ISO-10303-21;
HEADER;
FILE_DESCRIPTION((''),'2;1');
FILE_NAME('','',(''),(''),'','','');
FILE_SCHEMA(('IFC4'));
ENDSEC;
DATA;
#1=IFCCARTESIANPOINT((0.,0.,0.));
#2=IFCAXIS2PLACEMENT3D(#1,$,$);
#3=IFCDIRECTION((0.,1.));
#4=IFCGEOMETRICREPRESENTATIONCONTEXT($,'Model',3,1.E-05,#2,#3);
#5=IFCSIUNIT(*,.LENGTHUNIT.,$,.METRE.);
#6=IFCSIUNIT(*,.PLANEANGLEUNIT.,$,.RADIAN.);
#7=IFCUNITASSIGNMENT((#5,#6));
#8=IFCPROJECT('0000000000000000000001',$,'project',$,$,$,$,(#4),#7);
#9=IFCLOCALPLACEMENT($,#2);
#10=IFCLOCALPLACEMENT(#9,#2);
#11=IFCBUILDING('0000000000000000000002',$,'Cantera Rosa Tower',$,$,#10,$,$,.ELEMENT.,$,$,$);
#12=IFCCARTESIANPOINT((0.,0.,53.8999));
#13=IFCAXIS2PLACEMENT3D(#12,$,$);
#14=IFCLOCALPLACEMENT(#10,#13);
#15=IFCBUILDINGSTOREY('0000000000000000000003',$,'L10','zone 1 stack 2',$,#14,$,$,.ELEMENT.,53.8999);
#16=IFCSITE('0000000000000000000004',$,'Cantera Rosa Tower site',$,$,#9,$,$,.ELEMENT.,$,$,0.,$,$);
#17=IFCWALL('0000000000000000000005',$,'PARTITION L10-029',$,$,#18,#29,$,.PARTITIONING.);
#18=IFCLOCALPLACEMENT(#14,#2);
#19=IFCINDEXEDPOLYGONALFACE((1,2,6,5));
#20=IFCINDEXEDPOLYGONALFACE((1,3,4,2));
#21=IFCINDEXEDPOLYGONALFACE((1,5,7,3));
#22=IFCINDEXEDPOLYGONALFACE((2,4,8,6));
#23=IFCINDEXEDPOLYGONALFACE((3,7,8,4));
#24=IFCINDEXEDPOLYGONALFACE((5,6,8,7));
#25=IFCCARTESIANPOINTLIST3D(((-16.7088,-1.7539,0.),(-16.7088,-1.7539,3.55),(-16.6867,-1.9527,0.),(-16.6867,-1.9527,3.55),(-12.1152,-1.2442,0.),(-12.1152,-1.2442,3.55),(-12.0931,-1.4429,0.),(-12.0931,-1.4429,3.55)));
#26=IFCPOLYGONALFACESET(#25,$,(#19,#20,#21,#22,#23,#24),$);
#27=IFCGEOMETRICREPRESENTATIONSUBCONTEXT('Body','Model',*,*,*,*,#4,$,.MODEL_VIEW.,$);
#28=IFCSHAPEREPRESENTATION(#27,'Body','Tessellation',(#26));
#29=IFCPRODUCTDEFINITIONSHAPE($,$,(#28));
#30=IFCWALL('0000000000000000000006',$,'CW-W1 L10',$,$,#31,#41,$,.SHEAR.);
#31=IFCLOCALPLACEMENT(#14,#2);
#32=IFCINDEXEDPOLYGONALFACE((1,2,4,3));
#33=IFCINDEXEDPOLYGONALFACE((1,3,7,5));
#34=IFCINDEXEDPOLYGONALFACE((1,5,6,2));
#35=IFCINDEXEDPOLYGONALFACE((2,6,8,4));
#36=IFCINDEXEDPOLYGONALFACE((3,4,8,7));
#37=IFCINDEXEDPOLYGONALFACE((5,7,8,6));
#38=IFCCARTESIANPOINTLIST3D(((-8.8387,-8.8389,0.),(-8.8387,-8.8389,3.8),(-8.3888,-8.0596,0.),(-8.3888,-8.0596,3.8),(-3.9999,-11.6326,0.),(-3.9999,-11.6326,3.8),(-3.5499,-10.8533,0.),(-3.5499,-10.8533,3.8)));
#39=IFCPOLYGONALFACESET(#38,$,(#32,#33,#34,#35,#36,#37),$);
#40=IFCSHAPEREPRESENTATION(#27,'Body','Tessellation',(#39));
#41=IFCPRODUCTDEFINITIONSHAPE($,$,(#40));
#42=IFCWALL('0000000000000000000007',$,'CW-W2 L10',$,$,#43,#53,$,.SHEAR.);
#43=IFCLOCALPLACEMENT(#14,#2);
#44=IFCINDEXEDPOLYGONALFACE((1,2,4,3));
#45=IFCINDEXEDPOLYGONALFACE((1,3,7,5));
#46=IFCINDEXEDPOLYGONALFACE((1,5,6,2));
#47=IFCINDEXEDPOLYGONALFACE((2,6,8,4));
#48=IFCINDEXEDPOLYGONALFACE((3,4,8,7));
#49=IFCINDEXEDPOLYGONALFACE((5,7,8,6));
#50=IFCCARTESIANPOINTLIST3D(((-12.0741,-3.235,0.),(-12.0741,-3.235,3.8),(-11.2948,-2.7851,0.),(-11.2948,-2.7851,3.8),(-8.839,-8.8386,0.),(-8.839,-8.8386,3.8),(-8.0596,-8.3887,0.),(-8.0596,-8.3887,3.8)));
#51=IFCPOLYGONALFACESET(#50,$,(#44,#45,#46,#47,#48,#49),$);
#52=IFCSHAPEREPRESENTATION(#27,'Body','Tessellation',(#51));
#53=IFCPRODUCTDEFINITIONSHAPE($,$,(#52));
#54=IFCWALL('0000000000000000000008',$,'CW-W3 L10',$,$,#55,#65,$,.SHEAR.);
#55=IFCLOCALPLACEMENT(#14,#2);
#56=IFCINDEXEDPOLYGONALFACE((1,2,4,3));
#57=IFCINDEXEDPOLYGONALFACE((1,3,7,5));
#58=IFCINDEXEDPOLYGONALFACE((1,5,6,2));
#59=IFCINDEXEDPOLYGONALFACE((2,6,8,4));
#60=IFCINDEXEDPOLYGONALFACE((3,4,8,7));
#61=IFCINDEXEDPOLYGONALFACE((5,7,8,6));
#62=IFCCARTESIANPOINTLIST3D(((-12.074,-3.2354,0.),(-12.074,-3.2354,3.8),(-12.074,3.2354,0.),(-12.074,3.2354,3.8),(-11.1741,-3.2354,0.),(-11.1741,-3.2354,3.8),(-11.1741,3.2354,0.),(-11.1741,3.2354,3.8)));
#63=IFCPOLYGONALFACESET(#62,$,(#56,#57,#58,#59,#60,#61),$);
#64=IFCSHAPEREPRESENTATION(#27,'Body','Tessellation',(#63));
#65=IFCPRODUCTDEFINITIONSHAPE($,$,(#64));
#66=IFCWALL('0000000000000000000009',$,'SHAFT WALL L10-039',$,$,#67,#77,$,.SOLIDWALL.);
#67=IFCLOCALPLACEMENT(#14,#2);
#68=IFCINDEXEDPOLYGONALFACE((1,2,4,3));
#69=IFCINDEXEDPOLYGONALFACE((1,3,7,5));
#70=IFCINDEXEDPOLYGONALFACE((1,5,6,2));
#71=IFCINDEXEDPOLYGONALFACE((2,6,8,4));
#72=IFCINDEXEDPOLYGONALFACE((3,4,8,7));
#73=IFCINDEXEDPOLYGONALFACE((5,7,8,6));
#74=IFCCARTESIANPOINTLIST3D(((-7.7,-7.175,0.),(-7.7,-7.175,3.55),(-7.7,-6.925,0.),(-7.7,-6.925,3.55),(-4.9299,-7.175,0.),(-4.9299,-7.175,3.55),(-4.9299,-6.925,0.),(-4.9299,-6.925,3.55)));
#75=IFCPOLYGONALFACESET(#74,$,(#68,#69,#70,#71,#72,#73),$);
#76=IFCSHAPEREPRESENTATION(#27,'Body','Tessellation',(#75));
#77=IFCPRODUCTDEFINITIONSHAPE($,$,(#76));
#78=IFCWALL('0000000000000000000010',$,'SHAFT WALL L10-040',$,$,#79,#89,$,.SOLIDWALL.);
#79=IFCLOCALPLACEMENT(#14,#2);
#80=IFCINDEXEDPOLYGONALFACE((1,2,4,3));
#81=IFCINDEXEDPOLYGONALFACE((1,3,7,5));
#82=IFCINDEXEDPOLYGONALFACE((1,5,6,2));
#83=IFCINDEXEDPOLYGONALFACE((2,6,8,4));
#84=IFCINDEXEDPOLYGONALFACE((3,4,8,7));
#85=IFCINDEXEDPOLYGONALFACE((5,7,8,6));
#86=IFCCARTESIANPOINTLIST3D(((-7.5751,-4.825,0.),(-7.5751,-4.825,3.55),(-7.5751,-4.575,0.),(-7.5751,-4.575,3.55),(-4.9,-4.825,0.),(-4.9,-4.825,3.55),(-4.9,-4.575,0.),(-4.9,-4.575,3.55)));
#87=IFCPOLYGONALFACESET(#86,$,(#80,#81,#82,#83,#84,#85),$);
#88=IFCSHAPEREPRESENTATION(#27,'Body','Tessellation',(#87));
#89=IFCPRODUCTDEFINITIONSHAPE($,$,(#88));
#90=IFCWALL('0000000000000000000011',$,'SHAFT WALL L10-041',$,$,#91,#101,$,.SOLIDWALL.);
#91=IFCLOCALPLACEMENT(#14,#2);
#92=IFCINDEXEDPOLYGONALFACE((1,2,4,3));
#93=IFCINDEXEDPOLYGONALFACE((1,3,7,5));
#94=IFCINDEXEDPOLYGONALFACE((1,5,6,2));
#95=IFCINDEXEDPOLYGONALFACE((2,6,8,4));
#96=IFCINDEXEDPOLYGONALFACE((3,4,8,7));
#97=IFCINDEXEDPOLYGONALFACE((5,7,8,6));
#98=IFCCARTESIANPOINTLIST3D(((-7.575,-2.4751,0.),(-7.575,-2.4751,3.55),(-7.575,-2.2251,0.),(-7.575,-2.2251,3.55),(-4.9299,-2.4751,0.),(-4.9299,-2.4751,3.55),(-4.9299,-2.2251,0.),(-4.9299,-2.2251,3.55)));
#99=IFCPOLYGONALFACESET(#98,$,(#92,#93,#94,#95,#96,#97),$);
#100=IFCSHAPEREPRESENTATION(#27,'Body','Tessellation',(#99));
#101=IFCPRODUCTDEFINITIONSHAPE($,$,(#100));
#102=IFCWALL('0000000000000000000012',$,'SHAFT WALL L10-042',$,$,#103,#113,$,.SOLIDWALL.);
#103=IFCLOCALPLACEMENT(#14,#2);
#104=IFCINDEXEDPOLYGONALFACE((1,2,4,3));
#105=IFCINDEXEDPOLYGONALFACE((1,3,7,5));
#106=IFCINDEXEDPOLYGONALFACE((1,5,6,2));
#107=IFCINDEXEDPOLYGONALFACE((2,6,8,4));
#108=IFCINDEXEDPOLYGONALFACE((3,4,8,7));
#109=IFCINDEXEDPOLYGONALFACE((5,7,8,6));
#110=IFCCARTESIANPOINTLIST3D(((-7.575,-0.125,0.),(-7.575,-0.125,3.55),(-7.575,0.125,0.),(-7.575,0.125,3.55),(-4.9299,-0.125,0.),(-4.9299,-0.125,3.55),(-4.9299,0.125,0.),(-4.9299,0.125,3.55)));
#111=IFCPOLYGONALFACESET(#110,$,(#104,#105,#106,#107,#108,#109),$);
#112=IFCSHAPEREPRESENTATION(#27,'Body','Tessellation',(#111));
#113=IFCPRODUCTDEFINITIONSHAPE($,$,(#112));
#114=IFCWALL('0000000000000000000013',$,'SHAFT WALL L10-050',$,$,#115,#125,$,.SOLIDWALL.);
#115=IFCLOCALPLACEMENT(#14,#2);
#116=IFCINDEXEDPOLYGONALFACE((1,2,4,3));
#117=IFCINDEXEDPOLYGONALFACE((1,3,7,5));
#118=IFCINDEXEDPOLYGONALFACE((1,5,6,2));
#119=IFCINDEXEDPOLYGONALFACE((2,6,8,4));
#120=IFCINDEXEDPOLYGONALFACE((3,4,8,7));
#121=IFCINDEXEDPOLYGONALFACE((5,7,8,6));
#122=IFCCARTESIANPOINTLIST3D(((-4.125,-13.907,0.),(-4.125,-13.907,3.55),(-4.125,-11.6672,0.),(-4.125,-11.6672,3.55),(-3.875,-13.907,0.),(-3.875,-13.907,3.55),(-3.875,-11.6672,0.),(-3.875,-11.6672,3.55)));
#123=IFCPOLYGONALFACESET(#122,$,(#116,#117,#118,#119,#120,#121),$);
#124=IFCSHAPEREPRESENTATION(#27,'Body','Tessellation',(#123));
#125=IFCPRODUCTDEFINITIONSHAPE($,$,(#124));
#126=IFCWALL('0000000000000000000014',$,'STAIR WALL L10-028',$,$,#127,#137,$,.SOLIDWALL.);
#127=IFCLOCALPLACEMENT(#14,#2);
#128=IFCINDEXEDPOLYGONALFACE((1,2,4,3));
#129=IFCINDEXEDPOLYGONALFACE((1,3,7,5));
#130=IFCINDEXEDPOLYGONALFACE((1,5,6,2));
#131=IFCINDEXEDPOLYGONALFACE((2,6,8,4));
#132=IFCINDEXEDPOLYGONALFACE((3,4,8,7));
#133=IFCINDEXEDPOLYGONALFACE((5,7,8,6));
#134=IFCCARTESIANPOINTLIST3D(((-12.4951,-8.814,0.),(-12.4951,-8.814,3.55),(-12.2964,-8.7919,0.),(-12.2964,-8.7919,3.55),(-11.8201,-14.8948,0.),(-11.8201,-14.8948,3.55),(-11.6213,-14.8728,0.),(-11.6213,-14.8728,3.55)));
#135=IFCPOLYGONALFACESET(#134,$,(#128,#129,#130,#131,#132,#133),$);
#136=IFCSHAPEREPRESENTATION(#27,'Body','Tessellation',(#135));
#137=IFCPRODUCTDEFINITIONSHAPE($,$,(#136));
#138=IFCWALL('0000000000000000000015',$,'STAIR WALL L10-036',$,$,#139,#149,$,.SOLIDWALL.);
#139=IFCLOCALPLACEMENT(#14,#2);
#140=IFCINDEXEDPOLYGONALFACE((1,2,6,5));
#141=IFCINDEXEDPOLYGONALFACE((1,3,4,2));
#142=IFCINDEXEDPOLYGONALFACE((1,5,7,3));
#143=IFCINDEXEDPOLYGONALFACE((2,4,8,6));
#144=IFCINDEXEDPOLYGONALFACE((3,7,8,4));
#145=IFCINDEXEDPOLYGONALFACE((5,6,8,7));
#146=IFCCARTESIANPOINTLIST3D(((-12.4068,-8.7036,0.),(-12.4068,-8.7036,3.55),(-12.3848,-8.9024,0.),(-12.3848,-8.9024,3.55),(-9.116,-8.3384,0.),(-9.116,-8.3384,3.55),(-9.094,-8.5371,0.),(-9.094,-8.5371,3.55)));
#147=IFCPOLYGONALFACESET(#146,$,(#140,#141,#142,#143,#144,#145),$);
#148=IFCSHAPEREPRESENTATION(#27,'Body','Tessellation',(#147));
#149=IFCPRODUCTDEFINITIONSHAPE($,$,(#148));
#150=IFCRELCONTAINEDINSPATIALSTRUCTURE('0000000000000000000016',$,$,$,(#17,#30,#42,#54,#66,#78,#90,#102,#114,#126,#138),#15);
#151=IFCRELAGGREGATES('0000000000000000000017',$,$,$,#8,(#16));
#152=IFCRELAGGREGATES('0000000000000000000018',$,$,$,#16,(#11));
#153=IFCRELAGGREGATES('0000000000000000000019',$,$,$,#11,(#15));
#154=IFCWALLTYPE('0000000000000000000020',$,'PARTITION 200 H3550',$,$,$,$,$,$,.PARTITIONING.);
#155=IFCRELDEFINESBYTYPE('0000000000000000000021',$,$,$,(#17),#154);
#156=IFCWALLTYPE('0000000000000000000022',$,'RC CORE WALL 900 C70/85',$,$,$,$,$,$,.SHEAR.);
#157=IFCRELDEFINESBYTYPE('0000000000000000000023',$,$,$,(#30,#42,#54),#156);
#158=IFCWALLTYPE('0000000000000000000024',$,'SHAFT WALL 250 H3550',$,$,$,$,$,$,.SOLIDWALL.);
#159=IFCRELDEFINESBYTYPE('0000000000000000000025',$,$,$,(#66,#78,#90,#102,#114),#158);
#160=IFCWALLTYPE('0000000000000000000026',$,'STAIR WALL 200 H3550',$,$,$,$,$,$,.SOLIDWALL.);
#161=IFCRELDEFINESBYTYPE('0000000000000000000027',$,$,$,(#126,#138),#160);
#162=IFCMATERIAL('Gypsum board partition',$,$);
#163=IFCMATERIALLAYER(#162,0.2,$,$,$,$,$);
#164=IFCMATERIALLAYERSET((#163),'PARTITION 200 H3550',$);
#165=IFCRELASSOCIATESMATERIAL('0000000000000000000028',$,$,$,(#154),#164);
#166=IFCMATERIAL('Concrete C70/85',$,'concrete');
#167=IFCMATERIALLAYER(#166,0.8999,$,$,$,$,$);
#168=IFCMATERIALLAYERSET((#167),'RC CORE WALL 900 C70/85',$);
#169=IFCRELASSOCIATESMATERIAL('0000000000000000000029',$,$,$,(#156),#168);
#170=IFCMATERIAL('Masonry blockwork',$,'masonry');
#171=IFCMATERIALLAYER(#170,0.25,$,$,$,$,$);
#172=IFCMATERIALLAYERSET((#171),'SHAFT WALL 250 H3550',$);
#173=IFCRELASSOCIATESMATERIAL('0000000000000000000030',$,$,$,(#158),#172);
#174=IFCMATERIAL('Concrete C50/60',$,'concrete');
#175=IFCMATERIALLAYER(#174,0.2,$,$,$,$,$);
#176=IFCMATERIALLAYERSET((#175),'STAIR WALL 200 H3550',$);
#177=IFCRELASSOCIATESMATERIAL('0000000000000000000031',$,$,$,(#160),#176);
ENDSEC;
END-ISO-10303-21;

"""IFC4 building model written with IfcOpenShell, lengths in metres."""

from ifc_helpers import new_model, si_unit, direction, frame, frame_2d, origin, place, context, subcontext, project, spatial, rectangle, extrude, material, layer, layer_set, type_object, element, save


model = new_model("IFC4")

# Units and contexts
model_context = context("Model", 3, precision=1e-05, world=origin(), true_north=direction((0.0, 1.0)))
body_context = subcontext(model_context, "Body", "Model", "MODEL_VIEW")
ifc_project = project(units=[si_unit("LENGTHUNIT", "METRE"), si_unit("PLANEANGLEUNIT", "RADIAN")], contexts=[model_context])

# Site, building, storey
site_placement = place(None, origin())
site = spatial("IfcSite", under=ifc_project, at=site_placement, Name="Cantera Rosa Tower site", CompositionType="ELEMENT", RefElevation=0.0)
building_placement = place(site_placement, origin())
building = spatial("IfcBuilding", under=site, at=building_placement, Name="Cantera Rosa Tower", CompositionType="ELEMENT")
storey_placement = place(building_placement, frame((0.0, 0.0, 53.8999)))
storey = spatial("IfcBuildingStorey", under=building, at=storey_placement, Name="L10", Description="zone 1 stack 2", CompositionType="ELEMENT", Elevation=53.8999)

# Walls
ifc_material_1 = material(Name="Gypsum board partition")
ifc_layer_1 = layer(ifc_material_1, 0.2)
ifc_layer_set_1 = layer_set([ifc_layer_1], Name="PARTITION 200 H3550")
wall_type_1 = type_object("IfcWallType", Name="PARTITION 200 H3550", PredefinedType="PARTITIONING", material=ifc_layer_set_1)
wall_1_placement = place(storey_placement, frame((-12.104, -1.3435, 0.0), z_axis=(0.0, 0.0, 1.0), x_axis=(-0.993899, -0.110298, 0.0)))
element("IfcWall", 1, at=wall_1_placement, inside=storey, type_object=wall_type_1, Name="PARTITION L10-029", PredefinedType="PARTITIONING", context=body_context, shape_type="SweptSolid", body=[
    extrude(rectangle(XDim=4.6218, YDim=0.2, at=frame_2d((2.311, 0.0))), origin(), (0.0, 0.0, 1.0), 3.55),
])
ifc_material_2 = material(Name="Concrete C70/85", Category="concrete")
ifc_layer_2 = layer(ifc_material_2, 0.8999)
ifc_layer_set_2 = layer_set([ifc_layer_2], Name="RC CORE WALL 900 C70/85")
wall_type_2 = type_object("IfcWallType", Name="RC CORE WALL 900 C70/85", PredefinedType="SHEAR", material=ifc_layer_set_2)
wall_2_placement = place(storey_placement, frame((-3.7749, -11.2429, 0.0), z_axis=(0.0, 0.0, 1.0), x_axis=(-0.866027, 0.499997, 0.0)))
element("IfcWall", 2, at=wall_2_placement, inside=storey, type_object=wall_type_2, Name="CW-W1 L10", PredefinedType="SHEAR", context=body_context, shape_type="SweptSolid", body=[
    extrude(rectangle(XDim=5.5874, YDim=0.8999, at=frame_2d((2.7937, 0.0))), origin(), (0.0, 0.0, 1.0), 3.8),
])
wall_3_placement = place(storey_placement, frame((-8.4492, -8.6138, 0.0), z_axis=(0.0, 0.0, 1.0), x_axis=(-0.49999, 0.866031, 0.0)))
element("IfcWall", 3, at=wall_3_placement, inside=storey, type_object=wall_type_2, Name="CW-W2 L10", PredefinedType="SHEAR", context=body_context, shape_type="SweptSolid", body=[
    extrude(rectangle(XDim=6.4705, YDim=0.8999, at=frame_2d((3.2354, 0.0))), origin(), (0.0, 0.0, 1.0), 3.8),
])
wall_4_placement = place(storey_placement, frame((-11.624, -3.2354, 0.0), z_axis=(0.0, 0.0, 1.0), x_axis=(0.0, 1.0, 0.0)))
element("IfcWall", 4, at=wall_4_placement, inside=storey, type_object=wall_type_2, Name="CW-W3 L10", PredefinedType="SHEAR", context=body_context, shape_type="SweptSolid", body=[
    extrude(rectangle(XDim=6.4707, YDim=0.8999, at=frame_2d((3.2354, 0.0))), origin(), (0.0, 0.0, 1.0), 3.8),
])
ifc_material_3 = material(Name="Masonry blockwork", Category="masonry")
ifc_layer_3 = layer(ifc_material_3, 0.25)
ifc_layer_set_3 = layer_set([ifc_layer_3], Name="SHAFT WALL 250 H3550")
wall_type_3 = type_object("IfcWallType", Name="SHAFT WALL 250 H3550", PredefinedType="SOLIDWALL", material=ifc_layer_set_3)
wall_5_placement = place(storey_placement, frame((-7.7, -7.05, 0.0), z_axis=(0.0, 0.0, 1.0), x_axis=(1.0, 0.0, 0.0)))
element("IfcWall", 5, at=wall_5_placement, inside=storey, type_object=wall_type_3, Name="SHAFT WALL L10-039", PredefinedType="SOLIDWALL", context=body_context, shape_type="SweptSolid", body=[
    extrude(rectangle(XDim=2.77, YDim=0.25, at=frame_2d((1.385, 0.0))), origin(), (0.0, 0.0, 1.0), 3.55),
])
wall_6_placement = place(storey_placement, frame((-7.575, -4.7, 0.0), z_axis=(0.0, 0.0, 1.0), x_axis=(1.0, 0.0, 0.0)))
element("IfcWall", 6, at=wall_6_placement, inside=storey, type_object=wall_type_3, Name="SHAFT WALL L10-040", PredefinedType="SOLIDWALL", context=body_context, shape_type="SweptSolid", body=[
    extrude(rectangle(XDim=2.675, YDim=0.25, at=frame_2d((1.3374, 0.0))), origin(), (0.0, 0.0, 1.0), 3.55),
])
for number, where, z_axis, x_axis, name in (
    (7, (-7.575, -2.3501, 0.0), (0.0, 0.0, 1.0), (1.0, 0.0, 0.0), "SHAFT WALL L10-041"),
    (8, (-7.575, 0.0, 0.0), (0.0, 0.0, 1.0), (1.0, 0.0, 0.0), "SHAFT WALL L10-042"),
):
    element("IfcWall", number, at=place(storey_placement, frame(where, z_axis=z_axis, x_axis=x_axis)), inside=storey, type_object=wall_type_3, Name=name, PredefinedType="SOLIDWALL", context=body_context, shape_type="SweptSolid", body=[
        extrude(rectangle(XDim=2.645, YDim=0.25, at=frame_2d((1.3225, 0.0))), origin(), (0.0, 0.0, 1.0), 3.55),
    ])
wall_7_placement = place(storey_placement, frame((-4.0, -11.6672, 0.0), z_axis=(0.0, 0.0, 1.0), x_axis=(0.0, -1.0, 0.0)))
element("IfcWall", 9, at=wall_7_placement, inside=storey, type_object=wall_type_3, Name="SHAFT WALL L10-050", PredefinedType="SOLIDWALL", context=body_context, shape_type="SweptSolid", body=[
    extrude(rectangle(XDim=2.2397, YDim=0.25, at=frame_2d((1.1199, 0.0))), origin(), (0.0, 0.0, 1.0), 3.55),
])
ifc_material_4 = material(Name="Concrete C50/60", Category="concrete")
ifc_layer_4 = layer(ifc_material_4, 0.2)
ifc_layer_set_4 = layer_set([ifc_layer_4], Name="STAIR WALL 200 H3550")
wall_type_4 = type_object("IfcWallType", Name="STAIR WALL 200 H3550", PredefinedType="SOLIDWALL", material=ifc_layer_set_4)
wall_8_placement = place(storey_placement, frame((-12.3958, -8.803, 0.0), z_axis=(0.0, 0.0, 1.0), x_axis=(0.110335, -0.993894, 0.0)))
element("IfcWall", 10, at=wall_8_placement, inside=storey, type_object=wall_type_4, Name="STAIR WALL L10-028", PredefinedType="SOLIDWALL", context=body_context, shape_type="SweptSolid", body=[
    extrude(rectangle(XDim=6.1182, YDim=0.2, at=frame_2d((3.0591, 0.0))), origin(), (0.0, 0.0, 1.0), 3.55),
])
wall_9_placement = place(storey_placement, frame((-9.105, -8.4377, 0.0), z_axis=(0.0, 0.0, 1.0), x_axis=(-0.993897, -0.11031, 0.0)))
element("IfcWall", 11, at=wall_9_placement, inside=storey, type_object=wall_type_4, Name="STAIR WALL L10-036", PredefinedType="SOLIDWALL", context=body_context, shape_type="SweptSolid", body=[
    extrude(rectangle(XDim=3.311, YDim=0.2, at=frame_2d((1.6555, 0.0))), origin(), (0.0, 0.0, 1.0), 3.55),
])

save(model, "model.ifc")
